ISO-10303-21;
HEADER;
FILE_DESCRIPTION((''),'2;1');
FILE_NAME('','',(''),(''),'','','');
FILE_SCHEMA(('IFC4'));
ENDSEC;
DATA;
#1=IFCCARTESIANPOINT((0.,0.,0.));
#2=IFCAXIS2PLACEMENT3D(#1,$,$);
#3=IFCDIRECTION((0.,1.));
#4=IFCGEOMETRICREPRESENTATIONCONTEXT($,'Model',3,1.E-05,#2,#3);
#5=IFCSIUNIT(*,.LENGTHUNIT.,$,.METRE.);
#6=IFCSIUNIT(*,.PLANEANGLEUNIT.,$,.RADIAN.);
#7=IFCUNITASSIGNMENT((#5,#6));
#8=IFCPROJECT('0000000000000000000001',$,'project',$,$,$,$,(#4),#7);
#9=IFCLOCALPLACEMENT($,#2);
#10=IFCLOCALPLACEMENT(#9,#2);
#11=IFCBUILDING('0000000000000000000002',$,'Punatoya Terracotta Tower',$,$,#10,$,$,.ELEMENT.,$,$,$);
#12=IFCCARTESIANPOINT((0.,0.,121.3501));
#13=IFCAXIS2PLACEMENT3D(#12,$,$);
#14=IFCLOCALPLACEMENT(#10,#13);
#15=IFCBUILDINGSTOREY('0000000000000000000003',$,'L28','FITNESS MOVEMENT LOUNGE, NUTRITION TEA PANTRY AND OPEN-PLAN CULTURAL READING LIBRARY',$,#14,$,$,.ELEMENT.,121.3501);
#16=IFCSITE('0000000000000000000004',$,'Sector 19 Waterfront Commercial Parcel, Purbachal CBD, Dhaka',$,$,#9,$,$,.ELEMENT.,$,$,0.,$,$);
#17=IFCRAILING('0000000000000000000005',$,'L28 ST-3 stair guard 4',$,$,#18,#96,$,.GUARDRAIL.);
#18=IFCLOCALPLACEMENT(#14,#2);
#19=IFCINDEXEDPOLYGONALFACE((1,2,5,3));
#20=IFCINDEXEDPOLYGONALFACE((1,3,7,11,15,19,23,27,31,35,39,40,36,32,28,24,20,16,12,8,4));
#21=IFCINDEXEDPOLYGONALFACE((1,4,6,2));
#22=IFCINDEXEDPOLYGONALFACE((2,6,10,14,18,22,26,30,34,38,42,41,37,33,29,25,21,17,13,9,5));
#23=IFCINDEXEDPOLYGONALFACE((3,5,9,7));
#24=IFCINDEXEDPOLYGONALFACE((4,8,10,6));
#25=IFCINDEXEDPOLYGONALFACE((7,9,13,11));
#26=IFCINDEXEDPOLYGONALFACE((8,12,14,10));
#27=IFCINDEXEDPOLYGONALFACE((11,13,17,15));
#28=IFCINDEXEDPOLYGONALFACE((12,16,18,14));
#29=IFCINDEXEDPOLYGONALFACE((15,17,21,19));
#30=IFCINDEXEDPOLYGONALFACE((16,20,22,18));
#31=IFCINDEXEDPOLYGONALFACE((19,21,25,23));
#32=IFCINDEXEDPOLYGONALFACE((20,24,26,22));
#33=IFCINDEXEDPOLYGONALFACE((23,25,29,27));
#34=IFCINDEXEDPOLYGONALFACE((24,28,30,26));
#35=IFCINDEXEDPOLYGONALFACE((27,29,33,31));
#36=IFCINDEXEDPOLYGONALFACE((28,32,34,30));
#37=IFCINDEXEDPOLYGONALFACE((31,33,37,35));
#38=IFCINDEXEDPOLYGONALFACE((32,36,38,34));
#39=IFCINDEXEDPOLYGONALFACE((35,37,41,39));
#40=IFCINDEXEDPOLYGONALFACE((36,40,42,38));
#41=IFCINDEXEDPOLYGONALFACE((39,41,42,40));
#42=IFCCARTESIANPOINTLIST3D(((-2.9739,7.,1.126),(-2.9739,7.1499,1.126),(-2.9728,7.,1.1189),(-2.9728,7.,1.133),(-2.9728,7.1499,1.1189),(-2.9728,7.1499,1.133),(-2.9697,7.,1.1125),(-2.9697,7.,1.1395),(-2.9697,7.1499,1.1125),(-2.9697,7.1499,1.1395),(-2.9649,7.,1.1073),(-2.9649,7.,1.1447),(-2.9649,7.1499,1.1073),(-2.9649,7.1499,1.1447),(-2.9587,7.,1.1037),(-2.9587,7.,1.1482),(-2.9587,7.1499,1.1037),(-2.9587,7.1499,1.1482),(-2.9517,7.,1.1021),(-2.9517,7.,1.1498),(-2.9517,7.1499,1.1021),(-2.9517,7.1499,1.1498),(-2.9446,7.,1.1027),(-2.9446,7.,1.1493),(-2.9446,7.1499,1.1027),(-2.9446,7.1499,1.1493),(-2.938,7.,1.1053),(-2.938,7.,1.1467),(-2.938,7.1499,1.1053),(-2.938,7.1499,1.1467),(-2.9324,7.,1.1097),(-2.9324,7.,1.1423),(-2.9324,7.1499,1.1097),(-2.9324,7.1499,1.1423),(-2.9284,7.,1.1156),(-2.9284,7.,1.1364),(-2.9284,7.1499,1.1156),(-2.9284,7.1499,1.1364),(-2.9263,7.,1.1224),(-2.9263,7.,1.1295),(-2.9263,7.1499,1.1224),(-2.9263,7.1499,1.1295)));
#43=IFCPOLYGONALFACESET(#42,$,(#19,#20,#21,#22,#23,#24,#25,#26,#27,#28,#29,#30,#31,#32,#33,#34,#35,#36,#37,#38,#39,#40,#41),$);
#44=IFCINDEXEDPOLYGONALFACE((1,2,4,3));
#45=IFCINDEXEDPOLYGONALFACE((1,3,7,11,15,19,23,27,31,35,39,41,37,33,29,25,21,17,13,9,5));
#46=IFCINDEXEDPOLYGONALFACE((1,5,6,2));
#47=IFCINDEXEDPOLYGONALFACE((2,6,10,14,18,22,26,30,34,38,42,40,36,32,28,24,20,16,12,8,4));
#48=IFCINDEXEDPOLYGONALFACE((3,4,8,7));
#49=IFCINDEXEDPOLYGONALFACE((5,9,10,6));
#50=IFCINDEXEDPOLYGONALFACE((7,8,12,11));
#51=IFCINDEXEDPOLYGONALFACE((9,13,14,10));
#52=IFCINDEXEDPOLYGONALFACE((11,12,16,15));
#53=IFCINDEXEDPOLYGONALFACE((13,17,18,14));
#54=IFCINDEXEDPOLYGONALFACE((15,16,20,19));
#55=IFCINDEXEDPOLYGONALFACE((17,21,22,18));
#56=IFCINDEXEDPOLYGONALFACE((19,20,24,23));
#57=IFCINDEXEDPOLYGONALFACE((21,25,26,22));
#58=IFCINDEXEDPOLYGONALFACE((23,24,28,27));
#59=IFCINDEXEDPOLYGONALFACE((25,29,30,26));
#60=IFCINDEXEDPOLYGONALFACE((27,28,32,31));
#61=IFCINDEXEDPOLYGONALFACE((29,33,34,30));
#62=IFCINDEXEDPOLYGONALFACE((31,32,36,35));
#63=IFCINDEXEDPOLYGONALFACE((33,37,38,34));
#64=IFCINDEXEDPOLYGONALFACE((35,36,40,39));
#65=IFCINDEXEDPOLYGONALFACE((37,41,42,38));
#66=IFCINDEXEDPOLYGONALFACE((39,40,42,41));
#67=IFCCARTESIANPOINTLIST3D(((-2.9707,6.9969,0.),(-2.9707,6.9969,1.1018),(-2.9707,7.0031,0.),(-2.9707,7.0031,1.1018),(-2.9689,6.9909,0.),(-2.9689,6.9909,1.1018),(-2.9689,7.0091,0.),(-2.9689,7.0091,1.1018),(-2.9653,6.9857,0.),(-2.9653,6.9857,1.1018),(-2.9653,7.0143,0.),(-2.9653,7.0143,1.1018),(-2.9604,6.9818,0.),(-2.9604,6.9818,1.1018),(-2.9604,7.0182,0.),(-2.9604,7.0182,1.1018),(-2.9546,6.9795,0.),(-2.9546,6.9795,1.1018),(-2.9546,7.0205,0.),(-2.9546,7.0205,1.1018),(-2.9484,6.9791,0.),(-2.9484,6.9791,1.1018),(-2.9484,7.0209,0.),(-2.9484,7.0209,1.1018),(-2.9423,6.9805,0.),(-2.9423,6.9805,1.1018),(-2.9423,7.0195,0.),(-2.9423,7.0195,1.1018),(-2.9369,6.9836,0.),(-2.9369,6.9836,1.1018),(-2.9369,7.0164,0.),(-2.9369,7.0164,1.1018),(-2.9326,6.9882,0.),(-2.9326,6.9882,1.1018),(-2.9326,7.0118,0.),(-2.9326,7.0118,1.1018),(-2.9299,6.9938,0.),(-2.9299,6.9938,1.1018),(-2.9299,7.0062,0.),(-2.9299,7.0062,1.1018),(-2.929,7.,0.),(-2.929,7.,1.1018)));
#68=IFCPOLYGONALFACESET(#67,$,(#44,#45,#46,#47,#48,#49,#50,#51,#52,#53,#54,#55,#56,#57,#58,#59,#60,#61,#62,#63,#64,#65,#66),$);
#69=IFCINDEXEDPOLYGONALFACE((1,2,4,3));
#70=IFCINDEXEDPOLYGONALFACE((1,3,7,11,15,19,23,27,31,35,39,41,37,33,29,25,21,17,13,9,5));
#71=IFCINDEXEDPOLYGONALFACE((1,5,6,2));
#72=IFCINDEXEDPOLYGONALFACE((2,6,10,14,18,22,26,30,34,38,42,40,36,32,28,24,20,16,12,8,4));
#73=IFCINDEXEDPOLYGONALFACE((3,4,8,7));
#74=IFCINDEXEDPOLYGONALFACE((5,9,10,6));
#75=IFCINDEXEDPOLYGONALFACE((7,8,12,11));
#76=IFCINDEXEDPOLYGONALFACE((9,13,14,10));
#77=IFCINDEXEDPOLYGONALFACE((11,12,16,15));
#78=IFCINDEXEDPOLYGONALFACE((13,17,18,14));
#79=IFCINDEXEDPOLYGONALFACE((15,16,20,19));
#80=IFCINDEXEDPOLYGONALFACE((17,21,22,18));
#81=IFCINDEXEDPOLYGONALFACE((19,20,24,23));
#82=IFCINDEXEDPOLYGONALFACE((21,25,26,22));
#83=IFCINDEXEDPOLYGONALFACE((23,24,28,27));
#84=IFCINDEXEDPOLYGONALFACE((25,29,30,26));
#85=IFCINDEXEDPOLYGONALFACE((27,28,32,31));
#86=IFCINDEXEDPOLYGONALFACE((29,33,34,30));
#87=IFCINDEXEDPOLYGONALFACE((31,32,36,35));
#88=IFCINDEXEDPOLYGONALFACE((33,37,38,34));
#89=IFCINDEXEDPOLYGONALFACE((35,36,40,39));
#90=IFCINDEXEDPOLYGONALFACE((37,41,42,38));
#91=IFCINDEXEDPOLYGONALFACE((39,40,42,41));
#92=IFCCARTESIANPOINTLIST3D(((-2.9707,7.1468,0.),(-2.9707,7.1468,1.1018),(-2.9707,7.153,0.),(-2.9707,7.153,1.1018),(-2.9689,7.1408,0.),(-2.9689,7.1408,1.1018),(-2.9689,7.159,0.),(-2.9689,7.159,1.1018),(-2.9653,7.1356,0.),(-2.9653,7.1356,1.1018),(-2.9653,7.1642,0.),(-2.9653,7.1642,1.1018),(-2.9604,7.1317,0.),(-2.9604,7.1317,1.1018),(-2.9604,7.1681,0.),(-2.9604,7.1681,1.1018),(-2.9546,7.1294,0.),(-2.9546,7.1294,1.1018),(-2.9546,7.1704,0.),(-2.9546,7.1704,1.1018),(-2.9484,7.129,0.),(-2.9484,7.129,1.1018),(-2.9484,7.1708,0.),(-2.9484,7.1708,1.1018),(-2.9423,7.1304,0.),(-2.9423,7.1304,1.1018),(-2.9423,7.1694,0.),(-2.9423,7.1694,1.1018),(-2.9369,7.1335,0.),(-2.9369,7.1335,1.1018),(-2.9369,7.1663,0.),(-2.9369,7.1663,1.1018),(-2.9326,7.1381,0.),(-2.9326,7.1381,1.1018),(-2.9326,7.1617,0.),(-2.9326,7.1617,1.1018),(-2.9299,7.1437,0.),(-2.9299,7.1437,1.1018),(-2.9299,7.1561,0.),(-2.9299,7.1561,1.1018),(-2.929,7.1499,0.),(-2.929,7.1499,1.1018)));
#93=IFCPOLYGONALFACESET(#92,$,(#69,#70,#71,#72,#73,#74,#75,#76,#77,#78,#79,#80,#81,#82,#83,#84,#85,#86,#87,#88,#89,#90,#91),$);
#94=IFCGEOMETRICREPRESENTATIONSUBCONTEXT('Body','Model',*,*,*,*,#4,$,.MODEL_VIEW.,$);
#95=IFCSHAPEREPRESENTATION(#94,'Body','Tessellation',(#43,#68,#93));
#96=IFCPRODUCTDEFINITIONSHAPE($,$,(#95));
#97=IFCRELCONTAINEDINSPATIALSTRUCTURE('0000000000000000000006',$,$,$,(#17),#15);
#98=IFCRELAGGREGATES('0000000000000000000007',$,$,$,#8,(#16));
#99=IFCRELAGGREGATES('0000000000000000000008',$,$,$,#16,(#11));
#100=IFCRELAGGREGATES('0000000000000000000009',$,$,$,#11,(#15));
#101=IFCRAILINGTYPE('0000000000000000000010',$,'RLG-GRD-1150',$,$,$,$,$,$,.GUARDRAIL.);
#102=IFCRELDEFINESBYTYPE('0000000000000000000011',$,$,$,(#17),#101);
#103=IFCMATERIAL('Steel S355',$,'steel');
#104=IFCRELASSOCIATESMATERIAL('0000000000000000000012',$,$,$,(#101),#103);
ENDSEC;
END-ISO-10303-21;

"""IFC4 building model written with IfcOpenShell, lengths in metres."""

from ifc_helpers import new_model, si_unit, direction, frame, origin, origin_2d, place, context, subcontext, project, spatial, circle, extrude, material, type_object, element, save


model = new_model("IFC4")

# Units and contexts
model_context = context("Model", 3, precision=1e-05, world=origin(), true_north=direction((0.0, 1.0)))
body_context = subcontext(model_context, "Body", "Model", "MODEL_VIEW")
ifc_project = project(units=[si_unit("LENGTHUNIT", "METRE"), si_unit("PLANEANGLEUNIT", "RADIAN")], contexts=[model_context])

# Site, building, storey
site_placement = place(None, origin())
site = spatial("IfcSite", under=ifc_project, at=site_placement, Name="Sector 19 Waterfront Commercial Parcel, Purbachal CBD, Dhaka", CompositionType="ELEMENT", RefElevation=0.0)
building_placement = place(site_placement, origin())
building = spatial("IfcBuilding", under=site, at=building_placement, Name="Punatoya Terracotta Tower", CompositionType="ELEMENT")
storey_placement = place(building_placement, frame((0.0, 0.0, 121.3501)))
storey = spatial("IfcBuildingStorey", under=building, at=storey_placement, Name="L28", Description="FITNESS MOVEMENT LOUNGE, NUTRITION TEA PANTRY AND OPEN-PLAN CULTURAL READING LIBRARY", CompositionType="ELEMENT", Elevation=121.3501)

# Shared definitions
ifc_material_1 = material(Name="Steel S355", Category="steel")

# Railing
railing_type_1 = type_object("IfcRailingType", Name="RLG-GRD-1150", PredefinedType="GUARDRAIL", material=ifc_material_1)
railing_1_placement = place(storey_placement, frame((-2.95, 7.0, 0.0)))
element("IfcRailing", 1, at=railing_1_placement, inside=storey, type_object=railing_type_1, Name="L28 ST-3 stair guard 4", PredefinedType="GUARDRAIL", context=body_context, shape_type="SweptSolid", body=[
    extrude(circle(Radius=0.0239, at=origin_2d()), frame((0.0, 0.0, 1.126), z_axis=(0.0, 1.0, 0.0), x_axis=(-1.0, 0.0, 0.0)), (0.0, 0.0, 1.0), 0.1499),
    extrude(circle(Radius=0.021, at=origin_2d()), origin(), (0.0, 0.0, 1.0), 1.1018),
    extrude(circle(Radius=0.021, at=origin_2d()), frame((0.0, 0.1499, 0.0)), (0.0, 0.0, 1.0), 1.1018),
])

save(model, "model.ifc")
